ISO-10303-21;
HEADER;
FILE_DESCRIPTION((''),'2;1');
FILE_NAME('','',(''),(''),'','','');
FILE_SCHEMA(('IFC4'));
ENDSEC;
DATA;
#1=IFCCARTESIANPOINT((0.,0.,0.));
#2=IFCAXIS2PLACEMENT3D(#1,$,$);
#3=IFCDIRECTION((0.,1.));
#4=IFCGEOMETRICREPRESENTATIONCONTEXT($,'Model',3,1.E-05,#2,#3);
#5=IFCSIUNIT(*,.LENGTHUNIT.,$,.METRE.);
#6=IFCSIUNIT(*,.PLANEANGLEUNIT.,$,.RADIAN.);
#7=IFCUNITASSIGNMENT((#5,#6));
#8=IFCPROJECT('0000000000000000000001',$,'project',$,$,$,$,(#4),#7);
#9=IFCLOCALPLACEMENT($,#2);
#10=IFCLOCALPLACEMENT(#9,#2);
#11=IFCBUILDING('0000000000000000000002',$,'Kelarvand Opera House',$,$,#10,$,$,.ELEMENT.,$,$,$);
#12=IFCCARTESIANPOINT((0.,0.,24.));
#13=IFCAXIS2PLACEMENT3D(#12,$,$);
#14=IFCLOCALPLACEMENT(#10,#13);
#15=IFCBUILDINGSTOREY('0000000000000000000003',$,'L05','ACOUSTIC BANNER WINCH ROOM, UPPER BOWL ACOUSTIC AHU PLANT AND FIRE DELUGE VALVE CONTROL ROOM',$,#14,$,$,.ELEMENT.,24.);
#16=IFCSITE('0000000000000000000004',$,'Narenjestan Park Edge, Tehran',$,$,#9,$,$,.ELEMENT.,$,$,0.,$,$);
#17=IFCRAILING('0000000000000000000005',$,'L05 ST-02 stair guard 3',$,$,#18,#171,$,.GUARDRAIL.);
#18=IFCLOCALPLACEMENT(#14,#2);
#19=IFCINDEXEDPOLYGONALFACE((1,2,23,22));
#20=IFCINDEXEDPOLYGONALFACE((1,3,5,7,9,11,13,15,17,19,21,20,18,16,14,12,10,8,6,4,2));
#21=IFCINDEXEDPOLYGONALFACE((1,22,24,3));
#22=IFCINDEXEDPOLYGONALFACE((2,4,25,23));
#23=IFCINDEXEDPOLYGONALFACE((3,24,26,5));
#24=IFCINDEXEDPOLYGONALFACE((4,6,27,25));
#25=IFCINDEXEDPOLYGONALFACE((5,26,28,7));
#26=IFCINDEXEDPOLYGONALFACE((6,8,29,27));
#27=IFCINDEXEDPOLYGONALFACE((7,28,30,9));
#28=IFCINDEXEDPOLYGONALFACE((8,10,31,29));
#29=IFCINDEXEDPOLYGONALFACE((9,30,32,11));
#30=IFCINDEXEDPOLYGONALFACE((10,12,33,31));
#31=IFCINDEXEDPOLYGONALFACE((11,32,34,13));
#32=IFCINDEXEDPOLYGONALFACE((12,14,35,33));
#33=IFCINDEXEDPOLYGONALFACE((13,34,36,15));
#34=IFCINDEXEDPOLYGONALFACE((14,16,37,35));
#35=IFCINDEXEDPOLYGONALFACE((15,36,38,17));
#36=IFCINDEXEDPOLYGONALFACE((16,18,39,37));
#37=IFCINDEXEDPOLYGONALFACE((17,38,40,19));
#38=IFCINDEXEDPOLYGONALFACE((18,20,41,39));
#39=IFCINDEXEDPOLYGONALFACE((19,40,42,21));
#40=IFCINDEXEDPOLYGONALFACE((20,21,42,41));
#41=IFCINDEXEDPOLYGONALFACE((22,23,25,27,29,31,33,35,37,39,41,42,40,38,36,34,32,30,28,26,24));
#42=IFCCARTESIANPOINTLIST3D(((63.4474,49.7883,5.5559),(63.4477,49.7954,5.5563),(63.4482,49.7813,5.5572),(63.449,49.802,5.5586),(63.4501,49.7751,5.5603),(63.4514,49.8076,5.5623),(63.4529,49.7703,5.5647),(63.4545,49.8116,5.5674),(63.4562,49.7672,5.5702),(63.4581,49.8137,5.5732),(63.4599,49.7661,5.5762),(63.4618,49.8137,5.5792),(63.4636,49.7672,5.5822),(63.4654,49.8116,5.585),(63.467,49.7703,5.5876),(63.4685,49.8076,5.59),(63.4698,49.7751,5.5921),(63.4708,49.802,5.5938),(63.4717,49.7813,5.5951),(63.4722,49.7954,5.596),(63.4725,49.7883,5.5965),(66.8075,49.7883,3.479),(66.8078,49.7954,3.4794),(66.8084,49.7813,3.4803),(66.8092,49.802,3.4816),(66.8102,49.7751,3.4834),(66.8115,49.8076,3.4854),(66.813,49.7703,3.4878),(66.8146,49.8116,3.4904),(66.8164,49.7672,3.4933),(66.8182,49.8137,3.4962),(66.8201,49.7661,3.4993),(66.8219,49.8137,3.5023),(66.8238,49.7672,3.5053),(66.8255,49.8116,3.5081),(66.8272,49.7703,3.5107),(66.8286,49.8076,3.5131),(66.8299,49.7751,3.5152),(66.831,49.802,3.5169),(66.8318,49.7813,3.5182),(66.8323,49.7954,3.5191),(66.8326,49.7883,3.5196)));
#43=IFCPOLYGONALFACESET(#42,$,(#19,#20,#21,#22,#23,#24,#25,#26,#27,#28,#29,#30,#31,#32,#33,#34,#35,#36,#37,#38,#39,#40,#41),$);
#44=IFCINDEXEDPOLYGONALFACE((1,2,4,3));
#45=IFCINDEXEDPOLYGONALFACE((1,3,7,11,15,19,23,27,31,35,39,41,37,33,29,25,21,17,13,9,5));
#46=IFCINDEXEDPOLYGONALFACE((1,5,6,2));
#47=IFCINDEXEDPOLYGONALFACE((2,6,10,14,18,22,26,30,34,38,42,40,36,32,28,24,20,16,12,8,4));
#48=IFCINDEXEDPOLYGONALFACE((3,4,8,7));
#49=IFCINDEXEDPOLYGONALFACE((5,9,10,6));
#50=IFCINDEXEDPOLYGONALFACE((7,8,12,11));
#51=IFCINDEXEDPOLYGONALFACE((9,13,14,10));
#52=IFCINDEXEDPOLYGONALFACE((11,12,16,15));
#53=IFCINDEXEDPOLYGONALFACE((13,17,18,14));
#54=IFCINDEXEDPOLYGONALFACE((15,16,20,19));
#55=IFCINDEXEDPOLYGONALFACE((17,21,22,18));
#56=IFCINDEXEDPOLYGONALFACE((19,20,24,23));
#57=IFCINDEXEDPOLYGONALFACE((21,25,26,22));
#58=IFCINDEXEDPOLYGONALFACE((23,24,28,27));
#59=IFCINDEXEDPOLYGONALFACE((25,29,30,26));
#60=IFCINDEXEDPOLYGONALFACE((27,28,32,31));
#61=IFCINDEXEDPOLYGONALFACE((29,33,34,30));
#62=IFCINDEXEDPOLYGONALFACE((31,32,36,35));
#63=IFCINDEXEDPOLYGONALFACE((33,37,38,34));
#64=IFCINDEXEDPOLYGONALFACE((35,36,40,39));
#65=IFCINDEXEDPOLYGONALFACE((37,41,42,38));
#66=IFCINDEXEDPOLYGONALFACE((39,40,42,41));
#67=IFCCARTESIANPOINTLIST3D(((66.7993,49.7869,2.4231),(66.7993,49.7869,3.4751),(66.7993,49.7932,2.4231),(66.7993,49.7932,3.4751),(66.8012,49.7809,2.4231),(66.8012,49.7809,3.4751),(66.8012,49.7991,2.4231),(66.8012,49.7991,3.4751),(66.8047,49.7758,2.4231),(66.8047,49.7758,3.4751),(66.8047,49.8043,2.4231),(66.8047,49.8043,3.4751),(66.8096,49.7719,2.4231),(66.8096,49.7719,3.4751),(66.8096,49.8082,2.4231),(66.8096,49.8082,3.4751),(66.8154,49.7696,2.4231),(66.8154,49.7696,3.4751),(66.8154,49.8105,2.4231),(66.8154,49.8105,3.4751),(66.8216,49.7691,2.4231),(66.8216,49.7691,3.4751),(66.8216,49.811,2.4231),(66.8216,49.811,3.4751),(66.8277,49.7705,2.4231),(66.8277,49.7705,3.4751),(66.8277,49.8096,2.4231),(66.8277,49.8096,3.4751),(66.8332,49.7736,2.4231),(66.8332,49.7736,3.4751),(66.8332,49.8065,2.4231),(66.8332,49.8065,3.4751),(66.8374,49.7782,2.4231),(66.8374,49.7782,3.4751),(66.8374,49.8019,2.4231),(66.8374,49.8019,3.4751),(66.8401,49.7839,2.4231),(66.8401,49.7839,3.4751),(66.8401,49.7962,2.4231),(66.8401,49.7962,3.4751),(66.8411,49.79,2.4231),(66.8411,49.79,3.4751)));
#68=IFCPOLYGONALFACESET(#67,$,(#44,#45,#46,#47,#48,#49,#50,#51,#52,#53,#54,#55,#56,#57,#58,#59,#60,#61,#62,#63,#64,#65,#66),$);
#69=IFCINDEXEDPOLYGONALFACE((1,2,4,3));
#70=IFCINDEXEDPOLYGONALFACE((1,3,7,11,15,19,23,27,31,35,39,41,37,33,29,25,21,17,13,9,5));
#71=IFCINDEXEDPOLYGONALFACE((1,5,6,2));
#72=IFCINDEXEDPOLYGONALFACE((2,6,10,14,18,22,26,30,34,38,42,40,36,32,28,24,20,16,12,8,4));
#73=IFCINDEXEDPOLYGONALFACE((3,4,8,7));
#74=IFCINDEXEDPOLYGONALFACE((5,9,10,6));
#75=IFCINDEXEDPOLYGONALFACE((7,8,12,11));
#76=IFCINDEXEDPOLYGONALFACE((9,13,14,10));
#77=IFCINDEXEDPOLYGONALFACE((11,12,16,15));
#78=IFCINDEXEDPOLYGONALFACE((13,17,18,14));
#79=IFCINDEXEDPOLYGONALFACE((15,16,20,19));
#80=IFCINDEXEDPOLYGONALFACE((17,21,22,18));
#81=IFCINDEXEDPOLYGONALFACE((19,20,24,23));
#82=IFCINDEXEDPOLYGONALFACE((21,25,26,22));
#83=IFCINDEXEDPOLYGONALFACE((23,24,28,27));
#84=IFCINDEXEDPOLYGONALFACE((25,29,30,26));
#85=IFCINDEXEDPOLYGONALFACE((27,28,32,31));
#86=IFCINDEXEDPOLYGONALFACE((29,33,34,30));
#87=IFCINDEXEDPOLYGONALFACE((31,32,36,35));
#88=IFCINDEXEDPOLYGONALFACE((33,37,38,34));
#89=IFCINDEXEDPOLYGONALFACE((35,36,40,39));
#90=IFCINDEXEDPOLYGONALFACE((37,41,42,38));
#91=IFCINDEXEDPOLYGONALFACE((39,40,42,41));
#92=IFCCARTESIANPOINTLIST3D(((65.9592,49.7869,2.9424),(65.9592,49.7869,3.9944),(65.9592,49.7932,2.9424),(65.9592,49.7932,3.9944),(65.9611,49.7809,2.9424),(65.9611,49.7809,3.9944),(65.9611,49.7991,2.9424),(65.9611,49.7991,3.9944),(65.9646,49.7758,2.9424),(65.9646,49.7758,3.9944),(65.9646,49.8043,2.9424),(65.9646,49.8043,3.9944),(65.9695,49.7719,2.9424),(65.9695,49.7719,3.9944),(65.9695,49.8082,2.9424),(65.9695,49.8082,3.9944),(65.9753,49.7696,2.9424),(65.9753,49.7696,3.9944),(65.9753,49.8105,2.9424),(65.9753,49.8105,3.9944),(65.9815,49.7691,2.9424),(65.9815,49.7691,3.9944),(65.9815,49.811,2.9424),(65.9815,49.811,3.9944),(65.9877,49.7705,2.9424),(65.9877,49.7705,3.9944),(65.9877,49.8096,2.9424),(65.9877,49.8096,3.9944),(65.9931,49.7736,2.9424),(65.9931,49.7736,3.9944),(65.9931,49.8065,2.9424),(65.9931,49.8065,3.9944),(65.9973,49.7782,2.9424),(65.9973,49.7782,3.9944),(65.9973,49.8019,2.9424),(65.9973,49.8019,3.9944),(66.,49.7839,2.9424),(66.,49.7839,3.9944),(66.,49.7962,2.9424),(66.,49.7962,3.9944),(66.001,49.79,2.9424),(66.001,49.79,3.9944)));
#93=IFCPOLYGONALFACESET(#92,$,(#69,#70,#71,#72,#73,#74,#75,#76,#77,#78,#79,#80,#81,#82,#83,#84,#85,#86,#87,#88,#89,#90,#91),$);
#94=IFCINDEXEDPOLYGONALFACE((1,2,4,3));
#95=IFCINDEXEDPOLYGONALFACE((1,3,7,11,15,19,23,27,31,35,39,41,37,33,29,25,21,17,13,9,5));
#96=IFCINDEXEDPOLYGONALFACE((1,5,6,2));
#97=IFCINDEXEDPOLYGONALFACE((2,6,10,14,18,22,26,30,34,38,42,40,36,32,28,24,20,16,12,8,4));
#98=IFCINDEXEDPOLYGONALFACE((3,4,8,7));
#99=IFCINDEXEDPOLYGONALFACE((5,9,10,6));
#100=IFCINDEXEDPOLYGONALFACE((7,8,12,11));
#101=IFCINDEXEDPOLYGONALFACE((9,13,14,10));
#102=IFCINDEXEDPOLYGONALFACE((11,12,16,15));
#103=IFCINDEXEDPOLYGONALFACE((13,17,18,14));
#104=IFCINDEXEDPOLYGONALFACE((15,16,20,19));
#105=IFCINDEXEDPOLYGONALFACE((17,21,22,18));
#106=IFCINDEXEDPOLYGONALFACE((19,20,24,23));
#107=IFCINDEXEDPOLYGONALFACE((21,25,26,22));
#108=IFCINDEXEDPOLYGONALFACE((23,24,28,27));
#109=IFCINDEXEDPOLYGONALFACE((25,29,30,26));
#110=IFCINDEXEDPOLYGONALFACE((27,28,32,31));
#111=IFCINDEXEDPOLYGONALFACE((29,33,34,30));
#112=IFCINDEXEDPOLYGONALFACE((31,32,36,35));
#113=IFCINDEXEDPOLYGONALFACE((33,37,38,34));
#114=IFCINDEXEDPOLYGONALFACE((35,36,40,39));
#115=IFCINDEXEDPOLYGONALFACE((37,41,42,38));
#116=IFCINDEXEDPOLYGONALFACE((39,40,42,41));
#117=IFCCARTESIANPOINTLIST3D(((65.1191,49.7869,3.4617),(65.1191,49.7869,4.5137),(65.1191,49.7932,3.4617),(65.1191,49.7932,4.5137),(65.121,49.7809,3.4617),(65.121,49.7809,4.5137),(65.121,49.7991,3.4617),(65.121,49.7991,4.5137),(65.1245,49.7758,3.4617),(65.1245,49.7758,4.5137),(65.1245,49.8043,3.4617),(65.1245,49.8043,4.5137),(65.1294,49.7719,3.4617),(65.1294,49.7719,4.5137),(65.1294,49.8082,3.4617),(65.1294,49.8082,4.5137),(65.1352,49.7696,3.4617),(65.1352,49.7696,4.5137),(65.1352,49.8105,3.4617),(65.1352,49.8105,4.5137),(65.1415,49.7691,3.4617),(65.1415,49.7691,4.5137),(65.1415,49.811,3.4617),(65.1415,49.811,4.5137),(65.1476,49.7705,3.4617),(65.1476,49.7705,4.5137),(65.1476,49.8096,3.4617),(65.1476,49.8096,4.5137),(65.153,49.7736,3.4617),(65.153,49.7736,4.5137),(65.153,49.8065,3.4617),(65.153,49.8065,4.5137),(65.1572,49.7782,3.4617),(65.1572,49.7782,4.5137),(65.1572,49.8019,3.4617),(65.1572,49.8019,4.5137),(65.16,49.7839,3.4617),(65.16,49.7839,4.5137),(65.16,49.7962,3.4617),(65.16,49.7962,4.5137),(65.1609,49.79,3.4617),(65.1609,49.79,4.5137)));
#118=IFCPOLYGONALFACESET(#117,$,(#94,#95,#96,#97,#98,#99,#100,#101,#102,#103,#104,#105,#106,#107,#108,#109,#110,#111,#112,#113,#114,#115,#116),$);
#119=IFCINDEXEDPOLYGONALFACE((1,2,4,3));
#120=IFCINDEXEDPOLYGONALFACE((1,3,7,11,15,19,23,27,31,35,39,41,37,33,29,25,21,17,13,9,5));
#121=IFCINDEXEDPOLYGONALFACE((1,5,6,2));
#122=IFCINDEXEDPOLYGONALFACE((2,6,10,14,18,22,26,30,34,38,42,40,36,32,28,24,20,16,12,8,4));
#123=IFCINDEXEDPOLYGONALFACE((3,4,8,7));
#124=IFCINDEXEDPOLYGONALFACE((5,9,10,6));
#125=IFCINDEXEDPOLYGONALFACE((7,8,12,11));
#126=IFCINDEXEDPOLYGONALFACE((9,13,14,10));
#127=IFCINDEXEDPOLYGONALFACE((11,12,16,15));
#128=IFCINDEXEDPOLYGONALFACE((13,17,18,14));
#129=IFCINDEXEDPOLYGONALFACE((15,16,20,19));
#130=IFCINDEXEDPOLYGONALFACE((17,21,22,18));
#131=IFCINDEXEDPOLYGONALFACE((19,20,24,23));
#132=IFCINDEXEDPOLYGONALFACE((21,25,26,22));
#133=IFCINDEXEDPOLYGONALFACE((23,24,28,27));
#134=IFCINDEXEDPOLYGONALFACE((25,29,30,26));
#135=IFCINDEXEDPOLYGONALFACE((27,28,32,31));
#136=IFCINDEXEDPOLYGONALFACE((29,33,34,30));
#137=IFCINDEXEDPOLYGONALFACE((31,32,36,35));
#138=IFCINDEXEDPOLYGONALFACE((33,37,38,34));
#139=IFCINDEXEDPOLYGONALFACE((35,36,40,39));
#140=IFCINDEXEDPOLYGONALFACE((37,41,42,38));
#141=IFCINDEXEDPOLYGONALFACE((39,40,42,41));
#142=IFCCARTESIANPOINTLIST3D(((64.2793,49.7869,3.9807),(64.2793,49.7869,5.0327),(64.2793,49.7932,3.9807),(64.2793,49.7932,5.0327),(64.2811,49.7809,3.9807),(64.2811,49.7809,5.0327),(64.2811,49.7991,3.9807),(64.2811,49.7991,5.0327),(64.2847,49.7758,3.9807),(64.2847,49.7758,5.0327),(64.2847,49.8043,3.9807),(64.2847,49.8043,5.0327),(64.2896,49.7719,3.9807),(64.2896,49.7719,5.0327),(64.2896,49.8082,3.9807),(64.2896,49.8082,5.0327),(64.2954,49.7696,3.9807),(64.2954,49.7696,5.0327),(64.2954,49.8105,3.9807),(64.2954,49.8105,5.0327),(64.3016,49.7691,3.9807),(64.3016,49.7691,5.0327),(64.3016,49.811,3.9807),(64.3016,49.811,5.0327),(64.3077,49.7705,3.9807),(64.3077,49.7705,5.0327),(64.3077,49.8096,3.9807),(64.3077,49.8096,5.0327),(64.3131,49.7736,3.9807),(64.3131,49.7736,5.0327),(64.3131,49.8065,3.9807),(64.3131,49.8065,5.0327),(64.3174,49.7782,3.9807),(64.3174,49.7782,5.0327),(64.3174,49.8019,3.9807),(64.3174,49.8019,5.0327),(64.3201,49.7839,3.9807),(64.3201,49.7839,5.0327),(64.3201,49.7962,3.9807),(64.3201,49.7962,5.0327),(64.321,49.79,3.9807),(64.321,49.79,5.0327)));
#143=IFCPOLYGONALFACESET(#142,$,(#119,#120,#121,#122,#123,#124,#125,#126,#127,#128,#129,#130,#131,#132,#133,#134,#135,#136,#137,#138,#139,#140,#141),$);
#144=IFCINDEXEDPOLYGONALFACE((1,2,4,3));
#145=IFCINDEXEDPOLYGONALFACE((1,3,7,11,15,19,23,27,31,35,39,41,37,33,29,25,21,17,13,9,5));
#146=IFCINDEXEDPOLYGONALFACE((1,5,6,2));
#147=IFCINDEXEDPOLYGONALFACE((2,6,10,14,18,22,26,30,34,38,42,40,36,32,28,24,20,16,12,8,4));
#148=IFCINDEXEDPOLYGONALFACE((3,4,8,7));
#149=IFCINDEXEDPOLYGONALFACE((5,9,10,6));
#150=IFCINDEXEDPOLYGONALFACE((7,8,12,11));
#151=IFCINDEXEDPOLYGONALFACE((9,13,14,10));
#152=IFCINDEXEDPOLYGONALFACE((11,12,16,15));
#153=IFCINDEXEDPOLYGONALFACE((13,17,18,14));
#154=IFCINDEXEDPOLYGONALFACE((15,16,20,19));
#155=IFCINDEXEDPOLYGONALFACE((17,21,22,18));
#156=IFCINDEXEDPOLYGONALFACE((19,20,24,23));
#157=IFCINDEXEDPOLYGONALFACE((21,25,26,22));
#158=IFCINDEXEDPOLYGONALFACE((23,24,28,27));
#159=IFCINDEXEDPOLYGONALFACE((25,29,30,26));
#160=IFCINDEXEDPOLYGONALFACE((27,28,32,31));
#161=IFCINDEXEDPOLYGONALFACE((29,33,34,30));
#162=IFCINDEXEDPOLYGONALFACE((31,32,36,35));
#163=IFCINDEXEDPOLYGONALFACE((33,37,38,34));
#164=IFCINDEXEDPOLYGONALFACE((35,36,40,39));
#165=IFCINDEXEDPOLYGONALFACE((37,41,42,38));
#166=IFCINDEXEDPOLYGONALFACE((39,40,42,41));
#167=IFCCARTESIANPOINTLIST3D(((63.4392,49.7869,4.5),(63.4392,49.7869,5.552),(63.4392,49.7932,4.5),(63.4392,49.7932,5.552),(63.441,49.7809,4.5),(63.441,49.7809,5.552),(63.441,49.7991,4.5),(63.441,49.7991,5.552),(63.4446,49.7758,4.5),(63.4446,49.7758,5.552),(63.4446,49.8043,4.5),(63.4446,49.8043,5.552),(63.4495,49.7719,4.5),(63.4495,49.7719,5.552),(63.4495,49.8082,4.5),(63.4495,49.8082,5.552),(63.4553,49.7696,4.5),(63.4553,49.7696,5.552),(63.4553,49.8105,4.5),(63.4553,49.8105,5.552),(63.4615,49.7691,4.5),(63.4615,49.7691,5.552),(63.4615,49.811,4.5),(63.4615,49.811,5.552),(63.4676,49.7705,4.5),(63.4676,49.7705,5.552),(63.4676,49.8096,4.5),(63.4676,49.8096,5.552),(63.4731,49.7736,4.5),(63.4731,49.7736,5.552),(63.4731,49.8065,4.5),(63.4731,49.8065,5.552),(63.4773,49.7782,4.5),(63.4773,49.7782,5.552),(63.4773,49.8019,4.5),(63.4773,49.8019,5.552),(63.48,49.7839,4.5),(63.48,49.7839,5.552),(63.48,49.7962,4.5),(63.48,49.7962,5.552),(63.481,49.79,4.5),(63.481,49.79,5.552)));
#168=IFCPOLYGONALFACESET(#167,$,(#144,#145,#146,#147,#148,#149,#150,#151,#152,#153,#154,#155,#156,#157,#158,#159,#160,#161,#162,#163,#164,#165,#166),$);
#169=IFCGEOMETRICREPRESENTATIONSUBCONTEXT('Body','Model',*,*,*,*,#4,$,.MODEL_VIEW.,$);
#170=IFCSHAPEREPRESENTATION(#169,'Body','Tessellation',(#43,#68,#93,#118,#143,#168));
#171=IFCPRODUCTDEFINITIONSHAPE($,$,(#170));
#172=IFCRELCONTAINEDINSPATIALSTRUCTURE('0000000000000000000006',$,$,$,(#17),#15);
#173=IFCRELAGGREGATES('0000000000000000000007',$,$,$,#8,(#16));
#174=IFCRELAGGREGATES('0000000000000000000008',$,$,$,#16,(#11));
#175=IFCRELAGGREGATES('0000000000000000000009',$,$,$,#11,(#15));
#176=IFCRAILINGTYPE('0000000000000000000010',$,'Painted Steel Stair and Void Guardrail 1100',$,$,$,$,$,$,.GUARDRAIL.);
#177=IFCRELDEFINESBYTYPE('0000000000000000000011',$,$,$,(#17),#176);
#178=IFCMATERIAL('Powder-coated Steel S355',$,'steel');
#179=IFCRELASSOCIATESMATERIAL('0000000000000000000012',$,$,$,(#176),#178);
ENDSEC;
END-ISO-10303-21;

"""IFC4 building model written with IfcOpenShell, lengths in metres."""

from ifc_helpers import new_model, si_unit, direction, frame, origin, origin_2d, place, context, subcontext, project, spatial, circle, extrude, material, type_object, element, save


model = new_model("IFC4")

# Units and contexts
model_context = context("Model", 3, precision=1e-05, world=origin(), true_north=direction((0.0, 1.0)))
body_context = subcontext(model_context, "Body", "Model", "MODEL_VIEW")
ifc_project = project(units=[si_unit("LENGTHUNIT", "METRE"), si_unit("PLANEANGLEUNIT", "RADIAN")], contexts=[model_context])

# Site, building, storey
site_placement = place(None, origin())
site = spatial("IfcSite", under=ifc_project, at=site_placement, Name="Narenjestan Park Edge, Tehran", CompositionType="ELEMENT", RefElevation=0.0)
building_placement = place(site_placement, origin())
building = spatial("IfcBuilding", under=site, at=building_placement, Name="Kelarvand Opera House", CompositionType="ELEMENT")
storey_placement = place(building_placement, frame((0.0, 0.0, 24.0)))
storey = spatial("IfcBuildingStorey", under=building, at=storey_placement, Name="L05", Description="ACOUSTIC BANNER WINCH ROOM, UPPER BOWL ACOUSTIC AHU PLANT AND FIRE DELUGE VALVE CONTROL ROOM", CompositionType="ELEMENT", Elevation=24.0)

# Railing
ifc_material_1 = material(Name="Powder-coated Steel S355", Category="steel")
railing_type_1 = type_object("IfcRailingType", Name="Painted Steel Stair and Void Guardrail 1100", PredefinedType="GUARDRAIL", material=ifc_material_1)
railing_1_placement = place(storey_placement, frame((66.8201, 49.79, 2.4231)))
element("IfcRailing", 1, at=railing_1_placement, inside=storey, type_object=railing_type_1, Name="L05 ST-02 stair guard 3", PredefinedType="GUARDRAIL", context=body_context, shape_type="SweptSolid", body=[
    extrude(circle(Radius=0.0239, at=origin_2d()), frame((0.0, 0.0, 1.0762), z_axis=(-0.850623, 0.0, 0.525776), x_axis=(0.0, -1.0, 0.0)), (0.0, 0.0, 1.0), 3.9502),
    extrude(circle(Radius=0.021, at=origin_2d()), origin(), (0.0, 0.0, 1.0), 1.052),
    extrude(circle(Radius=0.021, at=origin_2d()), frame((-0.8401, 0.0, 0.5193)), (0.0, 0.0, 1.0), 1.052),
    extrude(circle(Radius=0.021, at=origin_2d()), frame((-1.6802, 0.0, 1.0386)), (0.0, 0.0, 1.0), 1.052),
    extrude(circle(Radius=0.021, at=origin_2d()), frame((-2.52, 0.0, 1.5576)), (0.0, 0.0, 1.0), 1.052),
    extrude(circle(Radius=0.021, at=origin_2d()), frame((-3.3601, 0.0, 2.0769)), (0.0, 0.0, 1.0), 1.052),
])

save(model, "model.ifc")
